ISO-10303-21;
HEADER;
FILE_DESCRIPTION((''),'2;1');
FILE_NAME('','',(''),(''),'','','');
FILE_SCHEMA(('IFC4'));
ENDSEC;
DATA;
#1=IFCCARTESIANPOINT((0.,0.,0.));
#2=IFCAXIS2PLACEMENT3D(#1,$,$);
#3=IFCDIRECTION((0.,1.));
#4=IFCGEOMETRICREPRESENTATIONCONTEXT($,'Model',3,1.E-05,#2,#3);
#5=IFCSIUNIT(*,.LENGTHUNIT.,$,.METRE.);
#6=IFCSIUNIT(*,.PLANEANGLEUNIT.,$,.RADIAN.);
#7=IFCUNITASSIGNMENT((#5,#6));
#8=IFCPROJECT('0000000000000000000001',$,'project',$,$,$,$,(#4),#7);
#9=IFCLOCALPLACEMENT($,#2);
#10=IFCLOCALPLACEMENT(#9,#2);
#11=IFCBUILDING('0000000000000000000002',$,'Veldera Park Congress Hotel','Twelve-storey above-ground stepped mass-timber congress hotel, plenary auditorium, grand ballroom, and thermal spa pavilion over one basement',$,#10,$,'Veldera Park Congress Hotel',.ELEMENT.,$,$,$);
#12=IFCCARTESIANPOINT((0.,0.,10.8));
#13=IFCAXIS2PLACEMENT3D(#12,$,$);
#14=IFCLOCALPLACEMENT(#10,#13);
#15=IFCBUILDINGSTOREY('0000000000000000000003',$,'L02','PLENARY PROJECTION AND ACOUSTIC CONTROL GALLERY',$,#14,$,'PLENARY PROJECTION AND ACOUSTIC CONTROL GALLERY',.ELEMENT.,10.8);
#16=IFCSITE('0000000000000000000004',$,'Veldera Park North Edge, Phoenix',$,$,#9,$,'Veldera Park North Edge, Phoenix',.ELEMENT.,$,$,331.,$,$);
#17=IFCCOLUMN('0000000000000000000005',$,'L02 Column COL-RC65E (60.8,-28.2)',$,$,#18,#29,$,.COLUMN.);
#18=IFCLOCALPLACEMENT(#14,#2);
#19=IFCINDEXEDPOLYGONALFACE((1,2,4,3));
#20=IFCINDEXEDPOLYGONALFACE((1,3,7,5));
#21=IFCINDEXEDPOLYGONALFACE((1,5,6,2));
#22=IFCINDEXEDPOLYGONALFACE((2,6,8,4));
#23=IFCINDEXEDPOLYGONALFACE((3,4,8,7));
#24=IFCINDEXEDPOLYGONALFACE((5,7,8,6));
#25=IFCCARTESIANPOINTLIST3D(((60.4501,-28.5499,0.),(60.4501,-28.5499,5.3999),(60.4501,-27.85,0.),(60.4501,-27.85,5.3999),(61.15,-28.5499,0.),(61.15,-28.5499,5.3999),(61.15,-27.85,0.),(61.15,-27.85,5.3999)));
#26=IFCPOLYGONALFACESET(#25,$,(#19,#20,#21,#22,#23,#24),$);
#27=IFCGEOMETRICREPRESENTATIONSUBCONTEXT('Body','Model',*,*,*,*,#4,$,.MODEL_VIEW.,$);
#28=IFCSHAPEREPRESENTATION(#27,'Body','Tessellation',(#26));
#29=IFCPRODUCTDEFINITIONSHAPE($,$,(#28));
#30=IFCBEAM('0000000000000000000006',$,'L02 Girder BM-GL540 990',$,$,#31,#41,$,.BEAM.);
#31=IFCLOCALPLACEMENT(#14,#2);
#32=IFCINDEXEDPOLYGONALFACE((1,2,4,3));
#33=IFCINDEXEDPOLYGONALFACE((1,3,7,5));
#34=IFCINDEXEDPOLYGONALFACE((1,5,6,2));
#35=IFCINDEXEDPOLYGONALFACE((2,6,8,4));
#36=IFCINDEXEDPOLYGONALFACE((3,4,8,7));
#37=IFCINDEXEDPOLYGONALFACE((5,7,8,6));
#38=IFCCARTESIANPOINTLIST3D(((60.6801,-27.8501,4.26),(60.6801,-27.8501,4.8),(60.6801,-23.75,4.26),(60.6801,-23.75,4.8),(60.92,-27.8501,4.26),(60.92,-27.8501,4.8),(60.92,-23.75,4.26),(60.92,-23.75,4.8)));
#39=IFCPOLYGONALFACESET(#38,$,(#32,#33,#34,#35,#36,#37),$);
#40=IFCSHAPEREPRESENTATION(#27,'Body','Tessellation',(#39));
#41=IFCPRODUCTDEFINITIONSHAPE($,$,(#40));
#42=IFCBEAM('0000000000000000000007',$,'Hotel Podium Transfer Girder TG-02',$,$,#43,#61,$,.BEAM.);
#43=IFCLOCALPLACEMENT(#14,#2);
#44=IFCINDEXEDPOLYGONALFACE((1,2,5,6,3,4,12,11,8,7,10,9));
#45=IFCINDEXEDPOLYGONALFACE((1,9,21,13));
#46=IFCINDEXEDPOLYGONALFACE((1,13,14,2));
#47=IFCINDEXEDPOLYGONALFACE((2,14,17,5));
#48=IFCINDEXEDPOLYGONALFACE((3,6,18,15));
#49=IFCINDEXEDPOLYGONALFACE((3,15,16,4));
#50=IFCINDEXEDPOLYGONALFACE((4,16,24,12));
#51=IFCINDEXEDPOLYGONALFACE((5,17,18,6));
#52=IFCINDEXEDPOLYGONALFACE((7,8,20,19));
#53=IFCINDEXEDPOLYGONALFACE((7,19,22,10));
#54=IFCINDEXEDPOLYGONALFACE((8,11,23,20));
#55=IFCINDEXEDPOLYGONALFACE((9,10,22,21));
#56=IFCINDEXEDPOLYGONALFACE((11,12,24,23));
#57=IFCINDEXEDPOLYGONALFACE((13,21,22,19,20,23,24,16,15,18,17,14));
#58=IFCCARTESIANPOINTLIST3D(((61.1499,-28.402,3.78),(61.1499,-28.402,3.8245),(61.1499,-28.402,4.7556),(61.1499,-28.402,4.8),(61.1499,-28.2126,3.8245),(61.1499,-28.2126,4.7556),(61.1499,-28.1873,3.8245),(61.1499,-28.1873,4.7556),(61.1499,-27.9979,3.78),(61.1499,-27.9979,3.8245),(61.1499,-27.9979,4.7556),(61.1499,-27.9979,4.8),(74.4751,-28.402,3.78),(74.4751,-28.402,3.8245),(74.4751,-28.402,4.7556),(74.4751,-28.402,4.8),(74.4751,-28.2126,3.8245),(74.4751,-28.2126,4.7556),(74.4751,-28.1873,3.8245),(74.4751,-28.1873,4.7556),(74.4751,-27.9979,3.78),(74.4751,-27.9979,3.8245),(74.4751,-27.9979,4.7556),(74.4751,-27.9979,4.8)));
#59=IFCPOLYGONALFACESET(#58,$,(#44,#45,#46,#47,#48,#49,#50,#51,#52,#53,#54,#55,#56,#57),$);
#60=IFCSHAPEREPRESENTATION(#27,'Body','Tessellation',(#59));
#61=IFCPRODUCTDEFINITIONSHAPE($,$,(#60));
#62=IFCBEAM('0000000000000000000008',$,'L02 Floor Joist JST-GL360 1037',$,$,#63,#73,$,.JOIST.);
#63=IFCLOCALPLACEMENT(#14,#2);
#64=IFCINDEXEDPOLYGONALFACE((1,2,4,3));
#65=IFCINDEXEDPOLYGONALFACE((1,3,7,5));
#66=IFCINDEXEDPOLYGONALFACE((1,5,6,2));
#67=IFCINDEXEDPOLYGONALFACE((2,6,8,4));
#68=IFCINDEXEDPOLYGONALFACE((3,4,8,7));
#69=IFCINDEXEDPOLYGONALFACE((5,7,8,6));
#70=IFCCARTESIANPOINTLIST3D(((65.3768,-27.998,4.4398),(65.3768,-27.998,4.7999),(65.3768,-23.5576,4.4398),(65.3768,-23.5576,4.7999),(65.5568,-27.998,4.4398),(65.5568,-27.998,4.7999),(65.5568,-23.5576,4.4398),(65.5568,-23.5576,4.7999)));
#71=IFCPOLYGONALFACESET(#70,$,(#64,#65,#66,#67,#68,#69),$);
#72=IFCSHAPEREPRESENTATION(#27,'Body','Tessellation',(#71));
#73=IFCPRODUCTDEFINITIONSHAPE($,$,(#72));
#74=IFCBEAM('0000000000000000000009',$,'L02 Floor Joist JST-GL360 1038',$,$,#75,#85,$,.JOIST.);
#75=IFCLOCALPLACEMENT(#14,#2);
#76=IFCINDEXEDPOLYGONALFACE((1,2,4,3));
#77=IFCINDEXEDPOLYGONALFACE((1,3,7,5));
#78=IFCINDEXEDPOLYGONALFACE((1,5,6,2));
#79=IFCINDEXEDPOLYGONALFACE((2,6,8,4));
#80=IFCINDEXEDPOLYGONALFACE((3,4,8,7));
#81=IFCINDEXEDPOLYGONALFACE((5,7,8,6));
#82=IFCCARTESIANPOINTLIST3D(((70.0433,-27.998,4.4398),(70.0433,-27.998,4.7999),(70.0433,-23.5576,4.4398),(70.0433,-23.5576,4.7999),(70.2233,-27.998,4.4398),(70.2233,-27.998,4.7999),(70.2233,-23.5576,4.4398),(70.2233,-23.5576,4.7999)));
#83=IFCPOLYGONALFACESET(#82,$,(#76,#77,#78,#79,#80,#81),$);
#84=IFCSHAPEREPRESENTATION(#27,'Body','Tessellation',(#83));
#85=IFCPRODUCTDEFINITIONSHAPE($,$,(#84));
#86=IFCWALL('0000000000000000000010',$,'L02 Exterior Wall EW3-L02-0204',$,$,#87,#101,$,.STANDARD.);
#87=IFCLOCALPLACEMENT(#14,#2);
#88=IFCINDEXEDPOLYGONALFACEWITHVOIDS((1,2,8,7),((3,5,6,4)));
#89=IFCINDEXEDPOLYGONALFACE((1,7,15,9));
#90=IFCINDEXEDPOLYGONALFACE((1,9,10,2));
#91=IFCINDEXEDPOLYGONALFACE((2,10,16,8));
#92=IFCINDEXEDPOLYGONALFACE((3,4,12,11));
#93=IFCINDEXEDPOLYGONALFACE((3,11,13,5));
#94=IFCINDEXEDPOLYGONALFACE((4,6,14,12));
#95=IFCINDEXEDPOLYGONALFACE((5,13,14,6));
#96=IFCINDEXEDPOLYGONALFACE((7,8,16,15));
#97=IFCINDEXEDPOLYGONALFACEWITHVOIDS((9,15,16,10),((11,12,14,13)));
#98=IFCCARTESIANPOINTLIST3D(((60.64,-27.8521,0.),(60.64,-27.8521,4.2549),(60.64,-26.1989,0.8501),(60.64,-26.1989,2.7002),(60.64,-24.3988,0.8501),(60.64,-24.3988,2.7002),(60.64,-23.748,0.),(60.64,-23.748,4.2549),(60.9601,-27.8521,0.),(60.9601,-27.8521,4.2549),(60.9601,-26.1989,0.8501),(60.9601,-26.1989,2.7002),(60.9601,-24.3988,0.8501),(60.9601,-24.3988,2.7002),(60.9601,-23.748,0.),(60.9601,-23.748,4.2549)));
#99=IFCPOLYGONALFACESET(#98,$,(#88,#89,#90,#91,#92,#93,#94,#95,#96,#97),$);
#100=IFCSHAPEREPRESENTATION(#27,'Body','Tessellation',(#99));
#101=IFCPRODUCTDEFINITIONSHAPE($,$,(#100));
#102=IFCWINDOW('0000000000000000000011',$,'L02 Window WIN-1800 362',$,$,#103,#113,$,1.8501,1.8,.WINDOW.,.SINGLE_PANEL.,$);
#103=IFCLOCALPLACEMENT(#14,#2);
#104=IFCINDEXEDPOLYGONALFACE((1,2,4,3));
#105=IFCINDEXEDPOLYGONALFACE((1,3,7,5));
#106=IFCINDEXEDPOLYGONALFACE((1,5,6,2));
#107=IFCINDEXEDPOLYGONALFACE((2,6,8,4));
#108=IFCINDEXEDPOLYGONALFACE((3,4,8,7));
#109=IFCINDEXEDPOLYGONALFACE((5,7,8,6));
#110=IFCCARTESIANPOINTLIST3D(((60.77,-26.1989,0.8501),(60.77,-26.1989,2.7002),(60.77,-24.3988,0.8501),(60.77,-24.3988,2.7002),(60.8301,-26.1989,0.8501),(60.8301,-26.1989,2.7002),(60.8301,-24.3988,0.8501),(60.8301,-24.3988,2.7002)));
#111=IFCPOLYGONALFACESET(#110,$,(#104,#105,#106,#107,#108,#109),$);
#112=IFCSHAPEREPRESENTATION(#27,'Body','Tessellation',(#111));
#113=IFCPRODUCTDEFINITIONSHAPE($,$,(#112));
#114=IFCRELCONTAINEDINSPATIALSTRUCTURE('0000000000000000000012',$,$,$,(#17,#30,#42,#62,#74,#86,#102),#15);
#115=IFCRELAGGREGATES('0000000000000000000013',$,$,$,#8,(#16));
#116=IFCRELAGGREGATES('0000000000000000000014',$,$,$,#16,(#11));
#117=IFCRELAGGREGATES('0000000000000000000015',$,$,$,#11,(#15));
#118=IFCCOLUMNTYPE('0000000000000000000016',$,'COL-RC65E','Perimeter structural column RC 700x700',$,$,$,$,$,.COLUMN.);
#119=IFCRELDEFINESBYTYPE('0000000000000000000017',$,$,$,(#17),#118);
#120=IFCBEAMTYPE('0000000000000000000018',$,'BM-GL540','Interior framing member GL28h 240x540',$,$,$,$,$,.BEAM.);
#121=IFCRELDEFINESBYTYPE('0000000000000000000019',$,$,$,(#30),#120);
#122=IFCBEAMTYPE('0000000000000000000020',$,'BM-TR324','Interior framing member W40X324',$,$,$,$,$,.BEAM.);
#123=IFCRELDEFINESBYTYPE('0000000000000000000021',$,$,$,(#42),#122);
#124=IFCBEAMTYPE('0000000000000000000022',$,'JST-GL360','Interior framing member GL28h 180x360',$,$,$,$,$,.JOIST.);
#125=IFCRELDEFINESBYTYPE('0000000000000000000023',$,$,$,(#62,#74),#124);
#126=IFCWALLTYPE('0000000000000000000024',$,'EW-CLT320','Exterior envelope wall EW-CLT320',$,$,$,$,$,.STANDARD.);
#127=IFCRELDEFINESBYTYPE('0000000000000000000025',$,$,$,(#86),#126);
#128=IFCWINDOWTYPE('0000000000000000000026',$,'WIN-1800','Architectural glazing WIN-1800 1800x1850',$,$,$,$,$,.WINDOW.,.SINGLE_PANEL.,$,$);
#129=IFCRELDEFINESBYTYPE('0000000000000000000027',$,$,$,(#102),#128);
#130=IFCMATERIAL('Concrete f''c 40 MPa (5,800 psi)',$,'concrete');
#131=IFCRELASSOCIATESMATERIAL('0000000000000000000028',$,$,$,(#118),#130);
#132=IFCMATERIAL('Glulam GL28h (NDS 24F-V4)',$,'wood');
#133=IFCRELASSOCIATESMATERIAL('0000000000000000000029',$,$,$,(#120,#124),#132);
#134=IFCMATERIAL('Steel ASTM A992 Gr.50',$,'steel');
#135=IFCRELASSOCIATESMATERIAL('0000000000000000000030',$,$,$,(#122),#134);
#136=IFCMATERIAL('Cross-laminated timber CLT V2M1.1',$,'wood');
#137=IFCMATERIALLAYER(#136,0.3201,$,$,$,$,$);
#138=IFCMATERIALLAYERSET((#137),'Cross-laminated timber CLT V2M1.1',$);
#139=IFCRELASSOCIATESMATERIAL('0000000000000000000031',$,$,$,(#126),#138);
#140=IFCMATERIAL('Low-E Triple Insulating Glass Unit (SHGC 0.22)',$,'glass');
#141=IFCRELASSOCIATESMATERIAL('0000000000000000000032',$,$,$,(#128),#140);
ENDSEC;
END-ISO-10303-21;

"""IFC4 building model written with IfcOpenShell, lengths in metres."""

from ifc_helpers import new_model, si_unit, direction, frame, frame_2d, origin, origin_2d, place, context, subcontext, project, spatial, rectangle, i_section, extrude, material, layer, layer_set, material_profile, profile_set, type_object, element, fill, save


model = new_model("IFC4")

# Units and contexts
model_context = context("Model", 3, precision=1e-05, world=origin(), true_north=direction((0.0, 1.0)))
body_context = subcontext(model_context, "Body", "Model", "MODEL_VIEW")
ifc_project = project(units=[si_unit("LENGTHUNIT", "METRE"), si_unit("PLANEANGLEUNIT", "RADIAN")], contexts=[model_context])

# Site, building, storey
site_placement = place(None, origin())
site = spatial("IfcSite", under=ifc_project, at=site_placement, Name="Veldera Park North Edge, Phoenix", LongName="Veldera Park North Edge, Phoenix", CompositionType="ELEMENT", RefElevation=331.0)
building_placement = place(site_placement, origin())
building = spatial("IfcBuilding", under=site, at=building_placement, Name="Veldera Park Congress Hotel", Description="Twelve-storey above-ground stepped mass-timber congress hotel, plenary auditorium, grand ballroom, and thermal spa pavilion over one basement", LongName="Veldera Park Congress Hotel", CompositionType="ELEMENT")
storey_placement = place(building_placement, frame((0.0, 0.0, 10.8)))
storey = spatial("IfcBuildingStorey", under=building, at=storey_placement, Name="L02", Description="PLENARY PROJECTION AND ACOUSTIC CONTROL GALLERY", LongName="PLENARY PROJECTION AND ACOUSTIC CONTROL GALLERY", CompositionType="ELEMENT", Elevation=10.8)

# Column
ifc_material_1 = material(Name="Concrete f'c 40 MPa (5,800 psi)", Category="concrete")
ifc_material_profile_1 = material_profile(ifc_material_1, rectangle(XDim=0.7, YDim=0.7, at=origin_2d()), Name="RC 700x700")
ifc_profile_set_1 = profile_set([ifc_material_profile_1], Name="Concrete f'c 40 MPa (5,800 psi)")
column_type = type_object("IfcColumnType", Name="COL-RC65E", Description="Perimeter structural column RC 700x700", PredefinedType="COLUMN", material=ifc_profile_set_1)
column_placement = place(storey_placement, frame((60.8, -28.2, 0.0), z_axis=(0.0, 0.0, 1.0), x_axis=(1.0, 0.0, 0.0)))
element("IfcColumn", 1, at=column_placement, inside=storey, type_object=column_type, Name="L02 Column COL-RC65E (60.8,-28.2)", PredefinedType="COLUMN", context=body_context, shape_type="SweptSolid", body=[
    extrude(rectangle(XDim=0.7, YDim=0.7, at=origin_2d()), origin(), (0.0, 0.0, 1.0), 5.3999),
])

# Beams
ifc_material_2 = material(Name="Glulam GL28h (NDS 24F-V4)", Category="wood")
ifc_material_profile_2 = material_profile(ifc_material_2, rectangle(XDim=0.24, YDim=0.54, at=origin_2d()), Name="GL28h 240x540")
ifc_profile_set_2 = profile_set([ifc_material_profile_2], Name="Glulam GL28h (NDS 24F-V4)")
beam_type_1 = type_object("IfcBeamType", Name="BM-GL540", Description="Interior framing member GL28h 240x540", PredefinedType="BEAM", material=ifc_profile_set_2)
beam_1_placement = place(storey_placement, frame((60.8, -27.8501, 4.53), z_axis=(0.0, 1.0, 0.0), x_axis=(-1.0, 0.0, 0.0)))
element("IfcBeam", 2, at=beam_1_placement, inside=storey, type_object=beam_type_1, Name="L02 Girder BM-GL540 990", PredefinedType="BEAM", context=body_context, shape_type="SweptSolid", body=[
    extrude(rectangle(XDim=0.24, YDim=0.54, at=origin_2d()), origin(), (0.0, 0.0, 1.0), 4.1001),
])
ifc_material_3 = material(Name="Steel ASTM A992 Gr.50", Category="steel")
ifc_material_profile_3 = material_profile(ifc_material_3, i_section(OverallWidth=0.4041, OverallDepth=1.02, WebThickness=0.0254, FlangeThickness=0.0444, at=origin_2d()), Name="W40X324")
ifc_profile_set_3 = profile_set([ifc_material_profile_3], Name="Steel ASTM A992 Gr.50")
beam_type_2 = type_object("IfcBeamType", Name="BM-TR324", Description="Interior framing member W40X324", PredefinedType="BEAM", material=ifc_profile_set_3)
beam_2_placement = place(storey_placement, frame((61.1499, -28.2, 4.29), z_axis=(1.0, 0.0, 0.0), x_axis=(0.0, 1.0, 0.0)))
element("IfcBeam", 3, at=beam_2_placement, inside=storey, type_object=beam_type_2, Name="Hotel Podium Transfer Girder TG-02", PredefinedType="BEAM", context=body_context, shape_type="SweptSolid", body=[
    extrude(i_section(OverallWidth=0.4041, OverallDepth=1.02, WebThickness=0.0254, FlangeThickness=0.0444, at=origin_2d()), origin(), (0.0, 0.0, 1.0), 13.3252),
])
ifc_material_profile_4 = material_profile(ifc_material_2, rectangle(XDim=0.1799, YDim=0.3601, at=origin_2d()), Name="GL28h 180x360")
ifc_profile_set_4 = profile_set([ifc_material_profile_4], Name="Glulam GL28h (NDS 24F-V4)")
beam_type_3 = type_object("IfcBeamType", Name="JST-GL360", Description="Interior framing member GL28h 180x360", PredefinedType="JOIST", material=ifc_profile_set_4)
for number, where, z_axis, x_axis, name in (
    (4, (65.4668, -27.998, 4.6199), (0.0, 1.0, 0.0), (-1.0, 0.0, 0.0), "L02 Floor Joist JST-GL360 1037"),
    (5, (70.1333, -27.998, 4.6199), (0.0, 1.0, 0.0), (-1.0, 0.0, 0.0), "L02 Floor Joist JST-GL360 1038"),
):
    element("IfcBeam", number, at=place(storey_placement, frame(where, z_axis=z_axis, x_axis=x_axis)), inside=storey, type_object=beam_type_3, Name=name, PredefinedType="JOIST", context=body_context, shape_type="SweptSolid", body=[
        extrude(rectangle(XDim=0.1799, YDim=0.3601, at=origin_2d()), origin(), (0.0, 0.0, 1.0), 4.4404),
    ])

# Wall, opening, window
ifc_material_4 = material(Name="Cross-laminated timber CLT V2M1.1", Category="wood")
ifc_layer_1 = layer(ifc_material_4, 0.3201)
ifc_layer_set_1 = layer_set([ifc_layer_1], Name="Cross-laminated timber CLT V2M1.1")
wall_type_1 = type_object("IfcWallType", Name="EW-CLT320", Description="Exterior envelope wall EW-CLT320", PredefinedType="STANDARD", material=ifc_layer_set_1)
wall_1_placement = place(storey_placement, frame((60.8, -23.748, 0.0), z_axis=(0.0, 0.0, 1.0), x_axis=(0.0, -1.0, 0.0)))
wall_1 = element("IfcWall", 6, at=wall_1_placement, inside=storey, type_object=wall_type_1, Name="L02 Exterior Wall EW3-L02-0204", PredefinedType="STANDARD", context=body_context, shape_type="SweptSolid", body=[
    extrude(rectangle(XDim=4.104, YDim=0.3201, at=frame_2d((2.052, 0.0))), origin(), (0.0, 0.0, 1.0), 4.2549),
])
opening_1_placement = place(wall_1_placement, frame((0.6509, 0.0, 0.8501)))
opening_1 = element("IfcOpeningElement", 7, at=opening_1_placement, cuts=wall_1, PredefinedType="OPENING", context=body_context, shape_type="SweptSolid", body=[
    extrude(rectangle(XDim=1.8, YDim=1.8501, at=frame_2d((0.8999, 0.925))), frame((0.0, 0.1721, 0.0), z_axis=(0.0, -1.0, 0.0), x_axis=(1.0, 0.0, 0.0)), (0.0, 0.0, 1.0), 0.344),
])
ifc_material_5 = material(Name="Low-E Triple Insulating Glass Unit (SHGC 0.22)", Category="glass")
window_type_1 = type_object("IfcWindowType", Name="WIN-1800", Description="Architectural glazing WIN-1800 1800x1850", PartitioningType="SINGLE_PANEL", PredefinedType="WINDOW", material=ifc_material_5)
window_1_placement = place(opening_1_placement, origin())
window_1 = element("IfcWindow", 8, at=window_1_placement, inside=storey, type_object=window_type_1, Name="L02 Window WIN-1800 362", OverallHeight=1.8501, OverallWidth=1.8, PartitioningType="SINGLE_PANEL", PredefinedType="WINDOW", context=body_context, shape_type="SweptSolid", body=[
    extrude(rectangle(XDim=1.8, YDim=1.8501, at=frame_2d((0.8999, 0.925))), frame((0.0, 0.03, 0.0), z_axis=(0.0, -1.0, 0.0), x_axis=(1.0, 0.0, 0.0)), (0.0, 0.0, 1.0), 0.0601),
])
fill(opening_1, window_1)

save(model, "model.ifc")
